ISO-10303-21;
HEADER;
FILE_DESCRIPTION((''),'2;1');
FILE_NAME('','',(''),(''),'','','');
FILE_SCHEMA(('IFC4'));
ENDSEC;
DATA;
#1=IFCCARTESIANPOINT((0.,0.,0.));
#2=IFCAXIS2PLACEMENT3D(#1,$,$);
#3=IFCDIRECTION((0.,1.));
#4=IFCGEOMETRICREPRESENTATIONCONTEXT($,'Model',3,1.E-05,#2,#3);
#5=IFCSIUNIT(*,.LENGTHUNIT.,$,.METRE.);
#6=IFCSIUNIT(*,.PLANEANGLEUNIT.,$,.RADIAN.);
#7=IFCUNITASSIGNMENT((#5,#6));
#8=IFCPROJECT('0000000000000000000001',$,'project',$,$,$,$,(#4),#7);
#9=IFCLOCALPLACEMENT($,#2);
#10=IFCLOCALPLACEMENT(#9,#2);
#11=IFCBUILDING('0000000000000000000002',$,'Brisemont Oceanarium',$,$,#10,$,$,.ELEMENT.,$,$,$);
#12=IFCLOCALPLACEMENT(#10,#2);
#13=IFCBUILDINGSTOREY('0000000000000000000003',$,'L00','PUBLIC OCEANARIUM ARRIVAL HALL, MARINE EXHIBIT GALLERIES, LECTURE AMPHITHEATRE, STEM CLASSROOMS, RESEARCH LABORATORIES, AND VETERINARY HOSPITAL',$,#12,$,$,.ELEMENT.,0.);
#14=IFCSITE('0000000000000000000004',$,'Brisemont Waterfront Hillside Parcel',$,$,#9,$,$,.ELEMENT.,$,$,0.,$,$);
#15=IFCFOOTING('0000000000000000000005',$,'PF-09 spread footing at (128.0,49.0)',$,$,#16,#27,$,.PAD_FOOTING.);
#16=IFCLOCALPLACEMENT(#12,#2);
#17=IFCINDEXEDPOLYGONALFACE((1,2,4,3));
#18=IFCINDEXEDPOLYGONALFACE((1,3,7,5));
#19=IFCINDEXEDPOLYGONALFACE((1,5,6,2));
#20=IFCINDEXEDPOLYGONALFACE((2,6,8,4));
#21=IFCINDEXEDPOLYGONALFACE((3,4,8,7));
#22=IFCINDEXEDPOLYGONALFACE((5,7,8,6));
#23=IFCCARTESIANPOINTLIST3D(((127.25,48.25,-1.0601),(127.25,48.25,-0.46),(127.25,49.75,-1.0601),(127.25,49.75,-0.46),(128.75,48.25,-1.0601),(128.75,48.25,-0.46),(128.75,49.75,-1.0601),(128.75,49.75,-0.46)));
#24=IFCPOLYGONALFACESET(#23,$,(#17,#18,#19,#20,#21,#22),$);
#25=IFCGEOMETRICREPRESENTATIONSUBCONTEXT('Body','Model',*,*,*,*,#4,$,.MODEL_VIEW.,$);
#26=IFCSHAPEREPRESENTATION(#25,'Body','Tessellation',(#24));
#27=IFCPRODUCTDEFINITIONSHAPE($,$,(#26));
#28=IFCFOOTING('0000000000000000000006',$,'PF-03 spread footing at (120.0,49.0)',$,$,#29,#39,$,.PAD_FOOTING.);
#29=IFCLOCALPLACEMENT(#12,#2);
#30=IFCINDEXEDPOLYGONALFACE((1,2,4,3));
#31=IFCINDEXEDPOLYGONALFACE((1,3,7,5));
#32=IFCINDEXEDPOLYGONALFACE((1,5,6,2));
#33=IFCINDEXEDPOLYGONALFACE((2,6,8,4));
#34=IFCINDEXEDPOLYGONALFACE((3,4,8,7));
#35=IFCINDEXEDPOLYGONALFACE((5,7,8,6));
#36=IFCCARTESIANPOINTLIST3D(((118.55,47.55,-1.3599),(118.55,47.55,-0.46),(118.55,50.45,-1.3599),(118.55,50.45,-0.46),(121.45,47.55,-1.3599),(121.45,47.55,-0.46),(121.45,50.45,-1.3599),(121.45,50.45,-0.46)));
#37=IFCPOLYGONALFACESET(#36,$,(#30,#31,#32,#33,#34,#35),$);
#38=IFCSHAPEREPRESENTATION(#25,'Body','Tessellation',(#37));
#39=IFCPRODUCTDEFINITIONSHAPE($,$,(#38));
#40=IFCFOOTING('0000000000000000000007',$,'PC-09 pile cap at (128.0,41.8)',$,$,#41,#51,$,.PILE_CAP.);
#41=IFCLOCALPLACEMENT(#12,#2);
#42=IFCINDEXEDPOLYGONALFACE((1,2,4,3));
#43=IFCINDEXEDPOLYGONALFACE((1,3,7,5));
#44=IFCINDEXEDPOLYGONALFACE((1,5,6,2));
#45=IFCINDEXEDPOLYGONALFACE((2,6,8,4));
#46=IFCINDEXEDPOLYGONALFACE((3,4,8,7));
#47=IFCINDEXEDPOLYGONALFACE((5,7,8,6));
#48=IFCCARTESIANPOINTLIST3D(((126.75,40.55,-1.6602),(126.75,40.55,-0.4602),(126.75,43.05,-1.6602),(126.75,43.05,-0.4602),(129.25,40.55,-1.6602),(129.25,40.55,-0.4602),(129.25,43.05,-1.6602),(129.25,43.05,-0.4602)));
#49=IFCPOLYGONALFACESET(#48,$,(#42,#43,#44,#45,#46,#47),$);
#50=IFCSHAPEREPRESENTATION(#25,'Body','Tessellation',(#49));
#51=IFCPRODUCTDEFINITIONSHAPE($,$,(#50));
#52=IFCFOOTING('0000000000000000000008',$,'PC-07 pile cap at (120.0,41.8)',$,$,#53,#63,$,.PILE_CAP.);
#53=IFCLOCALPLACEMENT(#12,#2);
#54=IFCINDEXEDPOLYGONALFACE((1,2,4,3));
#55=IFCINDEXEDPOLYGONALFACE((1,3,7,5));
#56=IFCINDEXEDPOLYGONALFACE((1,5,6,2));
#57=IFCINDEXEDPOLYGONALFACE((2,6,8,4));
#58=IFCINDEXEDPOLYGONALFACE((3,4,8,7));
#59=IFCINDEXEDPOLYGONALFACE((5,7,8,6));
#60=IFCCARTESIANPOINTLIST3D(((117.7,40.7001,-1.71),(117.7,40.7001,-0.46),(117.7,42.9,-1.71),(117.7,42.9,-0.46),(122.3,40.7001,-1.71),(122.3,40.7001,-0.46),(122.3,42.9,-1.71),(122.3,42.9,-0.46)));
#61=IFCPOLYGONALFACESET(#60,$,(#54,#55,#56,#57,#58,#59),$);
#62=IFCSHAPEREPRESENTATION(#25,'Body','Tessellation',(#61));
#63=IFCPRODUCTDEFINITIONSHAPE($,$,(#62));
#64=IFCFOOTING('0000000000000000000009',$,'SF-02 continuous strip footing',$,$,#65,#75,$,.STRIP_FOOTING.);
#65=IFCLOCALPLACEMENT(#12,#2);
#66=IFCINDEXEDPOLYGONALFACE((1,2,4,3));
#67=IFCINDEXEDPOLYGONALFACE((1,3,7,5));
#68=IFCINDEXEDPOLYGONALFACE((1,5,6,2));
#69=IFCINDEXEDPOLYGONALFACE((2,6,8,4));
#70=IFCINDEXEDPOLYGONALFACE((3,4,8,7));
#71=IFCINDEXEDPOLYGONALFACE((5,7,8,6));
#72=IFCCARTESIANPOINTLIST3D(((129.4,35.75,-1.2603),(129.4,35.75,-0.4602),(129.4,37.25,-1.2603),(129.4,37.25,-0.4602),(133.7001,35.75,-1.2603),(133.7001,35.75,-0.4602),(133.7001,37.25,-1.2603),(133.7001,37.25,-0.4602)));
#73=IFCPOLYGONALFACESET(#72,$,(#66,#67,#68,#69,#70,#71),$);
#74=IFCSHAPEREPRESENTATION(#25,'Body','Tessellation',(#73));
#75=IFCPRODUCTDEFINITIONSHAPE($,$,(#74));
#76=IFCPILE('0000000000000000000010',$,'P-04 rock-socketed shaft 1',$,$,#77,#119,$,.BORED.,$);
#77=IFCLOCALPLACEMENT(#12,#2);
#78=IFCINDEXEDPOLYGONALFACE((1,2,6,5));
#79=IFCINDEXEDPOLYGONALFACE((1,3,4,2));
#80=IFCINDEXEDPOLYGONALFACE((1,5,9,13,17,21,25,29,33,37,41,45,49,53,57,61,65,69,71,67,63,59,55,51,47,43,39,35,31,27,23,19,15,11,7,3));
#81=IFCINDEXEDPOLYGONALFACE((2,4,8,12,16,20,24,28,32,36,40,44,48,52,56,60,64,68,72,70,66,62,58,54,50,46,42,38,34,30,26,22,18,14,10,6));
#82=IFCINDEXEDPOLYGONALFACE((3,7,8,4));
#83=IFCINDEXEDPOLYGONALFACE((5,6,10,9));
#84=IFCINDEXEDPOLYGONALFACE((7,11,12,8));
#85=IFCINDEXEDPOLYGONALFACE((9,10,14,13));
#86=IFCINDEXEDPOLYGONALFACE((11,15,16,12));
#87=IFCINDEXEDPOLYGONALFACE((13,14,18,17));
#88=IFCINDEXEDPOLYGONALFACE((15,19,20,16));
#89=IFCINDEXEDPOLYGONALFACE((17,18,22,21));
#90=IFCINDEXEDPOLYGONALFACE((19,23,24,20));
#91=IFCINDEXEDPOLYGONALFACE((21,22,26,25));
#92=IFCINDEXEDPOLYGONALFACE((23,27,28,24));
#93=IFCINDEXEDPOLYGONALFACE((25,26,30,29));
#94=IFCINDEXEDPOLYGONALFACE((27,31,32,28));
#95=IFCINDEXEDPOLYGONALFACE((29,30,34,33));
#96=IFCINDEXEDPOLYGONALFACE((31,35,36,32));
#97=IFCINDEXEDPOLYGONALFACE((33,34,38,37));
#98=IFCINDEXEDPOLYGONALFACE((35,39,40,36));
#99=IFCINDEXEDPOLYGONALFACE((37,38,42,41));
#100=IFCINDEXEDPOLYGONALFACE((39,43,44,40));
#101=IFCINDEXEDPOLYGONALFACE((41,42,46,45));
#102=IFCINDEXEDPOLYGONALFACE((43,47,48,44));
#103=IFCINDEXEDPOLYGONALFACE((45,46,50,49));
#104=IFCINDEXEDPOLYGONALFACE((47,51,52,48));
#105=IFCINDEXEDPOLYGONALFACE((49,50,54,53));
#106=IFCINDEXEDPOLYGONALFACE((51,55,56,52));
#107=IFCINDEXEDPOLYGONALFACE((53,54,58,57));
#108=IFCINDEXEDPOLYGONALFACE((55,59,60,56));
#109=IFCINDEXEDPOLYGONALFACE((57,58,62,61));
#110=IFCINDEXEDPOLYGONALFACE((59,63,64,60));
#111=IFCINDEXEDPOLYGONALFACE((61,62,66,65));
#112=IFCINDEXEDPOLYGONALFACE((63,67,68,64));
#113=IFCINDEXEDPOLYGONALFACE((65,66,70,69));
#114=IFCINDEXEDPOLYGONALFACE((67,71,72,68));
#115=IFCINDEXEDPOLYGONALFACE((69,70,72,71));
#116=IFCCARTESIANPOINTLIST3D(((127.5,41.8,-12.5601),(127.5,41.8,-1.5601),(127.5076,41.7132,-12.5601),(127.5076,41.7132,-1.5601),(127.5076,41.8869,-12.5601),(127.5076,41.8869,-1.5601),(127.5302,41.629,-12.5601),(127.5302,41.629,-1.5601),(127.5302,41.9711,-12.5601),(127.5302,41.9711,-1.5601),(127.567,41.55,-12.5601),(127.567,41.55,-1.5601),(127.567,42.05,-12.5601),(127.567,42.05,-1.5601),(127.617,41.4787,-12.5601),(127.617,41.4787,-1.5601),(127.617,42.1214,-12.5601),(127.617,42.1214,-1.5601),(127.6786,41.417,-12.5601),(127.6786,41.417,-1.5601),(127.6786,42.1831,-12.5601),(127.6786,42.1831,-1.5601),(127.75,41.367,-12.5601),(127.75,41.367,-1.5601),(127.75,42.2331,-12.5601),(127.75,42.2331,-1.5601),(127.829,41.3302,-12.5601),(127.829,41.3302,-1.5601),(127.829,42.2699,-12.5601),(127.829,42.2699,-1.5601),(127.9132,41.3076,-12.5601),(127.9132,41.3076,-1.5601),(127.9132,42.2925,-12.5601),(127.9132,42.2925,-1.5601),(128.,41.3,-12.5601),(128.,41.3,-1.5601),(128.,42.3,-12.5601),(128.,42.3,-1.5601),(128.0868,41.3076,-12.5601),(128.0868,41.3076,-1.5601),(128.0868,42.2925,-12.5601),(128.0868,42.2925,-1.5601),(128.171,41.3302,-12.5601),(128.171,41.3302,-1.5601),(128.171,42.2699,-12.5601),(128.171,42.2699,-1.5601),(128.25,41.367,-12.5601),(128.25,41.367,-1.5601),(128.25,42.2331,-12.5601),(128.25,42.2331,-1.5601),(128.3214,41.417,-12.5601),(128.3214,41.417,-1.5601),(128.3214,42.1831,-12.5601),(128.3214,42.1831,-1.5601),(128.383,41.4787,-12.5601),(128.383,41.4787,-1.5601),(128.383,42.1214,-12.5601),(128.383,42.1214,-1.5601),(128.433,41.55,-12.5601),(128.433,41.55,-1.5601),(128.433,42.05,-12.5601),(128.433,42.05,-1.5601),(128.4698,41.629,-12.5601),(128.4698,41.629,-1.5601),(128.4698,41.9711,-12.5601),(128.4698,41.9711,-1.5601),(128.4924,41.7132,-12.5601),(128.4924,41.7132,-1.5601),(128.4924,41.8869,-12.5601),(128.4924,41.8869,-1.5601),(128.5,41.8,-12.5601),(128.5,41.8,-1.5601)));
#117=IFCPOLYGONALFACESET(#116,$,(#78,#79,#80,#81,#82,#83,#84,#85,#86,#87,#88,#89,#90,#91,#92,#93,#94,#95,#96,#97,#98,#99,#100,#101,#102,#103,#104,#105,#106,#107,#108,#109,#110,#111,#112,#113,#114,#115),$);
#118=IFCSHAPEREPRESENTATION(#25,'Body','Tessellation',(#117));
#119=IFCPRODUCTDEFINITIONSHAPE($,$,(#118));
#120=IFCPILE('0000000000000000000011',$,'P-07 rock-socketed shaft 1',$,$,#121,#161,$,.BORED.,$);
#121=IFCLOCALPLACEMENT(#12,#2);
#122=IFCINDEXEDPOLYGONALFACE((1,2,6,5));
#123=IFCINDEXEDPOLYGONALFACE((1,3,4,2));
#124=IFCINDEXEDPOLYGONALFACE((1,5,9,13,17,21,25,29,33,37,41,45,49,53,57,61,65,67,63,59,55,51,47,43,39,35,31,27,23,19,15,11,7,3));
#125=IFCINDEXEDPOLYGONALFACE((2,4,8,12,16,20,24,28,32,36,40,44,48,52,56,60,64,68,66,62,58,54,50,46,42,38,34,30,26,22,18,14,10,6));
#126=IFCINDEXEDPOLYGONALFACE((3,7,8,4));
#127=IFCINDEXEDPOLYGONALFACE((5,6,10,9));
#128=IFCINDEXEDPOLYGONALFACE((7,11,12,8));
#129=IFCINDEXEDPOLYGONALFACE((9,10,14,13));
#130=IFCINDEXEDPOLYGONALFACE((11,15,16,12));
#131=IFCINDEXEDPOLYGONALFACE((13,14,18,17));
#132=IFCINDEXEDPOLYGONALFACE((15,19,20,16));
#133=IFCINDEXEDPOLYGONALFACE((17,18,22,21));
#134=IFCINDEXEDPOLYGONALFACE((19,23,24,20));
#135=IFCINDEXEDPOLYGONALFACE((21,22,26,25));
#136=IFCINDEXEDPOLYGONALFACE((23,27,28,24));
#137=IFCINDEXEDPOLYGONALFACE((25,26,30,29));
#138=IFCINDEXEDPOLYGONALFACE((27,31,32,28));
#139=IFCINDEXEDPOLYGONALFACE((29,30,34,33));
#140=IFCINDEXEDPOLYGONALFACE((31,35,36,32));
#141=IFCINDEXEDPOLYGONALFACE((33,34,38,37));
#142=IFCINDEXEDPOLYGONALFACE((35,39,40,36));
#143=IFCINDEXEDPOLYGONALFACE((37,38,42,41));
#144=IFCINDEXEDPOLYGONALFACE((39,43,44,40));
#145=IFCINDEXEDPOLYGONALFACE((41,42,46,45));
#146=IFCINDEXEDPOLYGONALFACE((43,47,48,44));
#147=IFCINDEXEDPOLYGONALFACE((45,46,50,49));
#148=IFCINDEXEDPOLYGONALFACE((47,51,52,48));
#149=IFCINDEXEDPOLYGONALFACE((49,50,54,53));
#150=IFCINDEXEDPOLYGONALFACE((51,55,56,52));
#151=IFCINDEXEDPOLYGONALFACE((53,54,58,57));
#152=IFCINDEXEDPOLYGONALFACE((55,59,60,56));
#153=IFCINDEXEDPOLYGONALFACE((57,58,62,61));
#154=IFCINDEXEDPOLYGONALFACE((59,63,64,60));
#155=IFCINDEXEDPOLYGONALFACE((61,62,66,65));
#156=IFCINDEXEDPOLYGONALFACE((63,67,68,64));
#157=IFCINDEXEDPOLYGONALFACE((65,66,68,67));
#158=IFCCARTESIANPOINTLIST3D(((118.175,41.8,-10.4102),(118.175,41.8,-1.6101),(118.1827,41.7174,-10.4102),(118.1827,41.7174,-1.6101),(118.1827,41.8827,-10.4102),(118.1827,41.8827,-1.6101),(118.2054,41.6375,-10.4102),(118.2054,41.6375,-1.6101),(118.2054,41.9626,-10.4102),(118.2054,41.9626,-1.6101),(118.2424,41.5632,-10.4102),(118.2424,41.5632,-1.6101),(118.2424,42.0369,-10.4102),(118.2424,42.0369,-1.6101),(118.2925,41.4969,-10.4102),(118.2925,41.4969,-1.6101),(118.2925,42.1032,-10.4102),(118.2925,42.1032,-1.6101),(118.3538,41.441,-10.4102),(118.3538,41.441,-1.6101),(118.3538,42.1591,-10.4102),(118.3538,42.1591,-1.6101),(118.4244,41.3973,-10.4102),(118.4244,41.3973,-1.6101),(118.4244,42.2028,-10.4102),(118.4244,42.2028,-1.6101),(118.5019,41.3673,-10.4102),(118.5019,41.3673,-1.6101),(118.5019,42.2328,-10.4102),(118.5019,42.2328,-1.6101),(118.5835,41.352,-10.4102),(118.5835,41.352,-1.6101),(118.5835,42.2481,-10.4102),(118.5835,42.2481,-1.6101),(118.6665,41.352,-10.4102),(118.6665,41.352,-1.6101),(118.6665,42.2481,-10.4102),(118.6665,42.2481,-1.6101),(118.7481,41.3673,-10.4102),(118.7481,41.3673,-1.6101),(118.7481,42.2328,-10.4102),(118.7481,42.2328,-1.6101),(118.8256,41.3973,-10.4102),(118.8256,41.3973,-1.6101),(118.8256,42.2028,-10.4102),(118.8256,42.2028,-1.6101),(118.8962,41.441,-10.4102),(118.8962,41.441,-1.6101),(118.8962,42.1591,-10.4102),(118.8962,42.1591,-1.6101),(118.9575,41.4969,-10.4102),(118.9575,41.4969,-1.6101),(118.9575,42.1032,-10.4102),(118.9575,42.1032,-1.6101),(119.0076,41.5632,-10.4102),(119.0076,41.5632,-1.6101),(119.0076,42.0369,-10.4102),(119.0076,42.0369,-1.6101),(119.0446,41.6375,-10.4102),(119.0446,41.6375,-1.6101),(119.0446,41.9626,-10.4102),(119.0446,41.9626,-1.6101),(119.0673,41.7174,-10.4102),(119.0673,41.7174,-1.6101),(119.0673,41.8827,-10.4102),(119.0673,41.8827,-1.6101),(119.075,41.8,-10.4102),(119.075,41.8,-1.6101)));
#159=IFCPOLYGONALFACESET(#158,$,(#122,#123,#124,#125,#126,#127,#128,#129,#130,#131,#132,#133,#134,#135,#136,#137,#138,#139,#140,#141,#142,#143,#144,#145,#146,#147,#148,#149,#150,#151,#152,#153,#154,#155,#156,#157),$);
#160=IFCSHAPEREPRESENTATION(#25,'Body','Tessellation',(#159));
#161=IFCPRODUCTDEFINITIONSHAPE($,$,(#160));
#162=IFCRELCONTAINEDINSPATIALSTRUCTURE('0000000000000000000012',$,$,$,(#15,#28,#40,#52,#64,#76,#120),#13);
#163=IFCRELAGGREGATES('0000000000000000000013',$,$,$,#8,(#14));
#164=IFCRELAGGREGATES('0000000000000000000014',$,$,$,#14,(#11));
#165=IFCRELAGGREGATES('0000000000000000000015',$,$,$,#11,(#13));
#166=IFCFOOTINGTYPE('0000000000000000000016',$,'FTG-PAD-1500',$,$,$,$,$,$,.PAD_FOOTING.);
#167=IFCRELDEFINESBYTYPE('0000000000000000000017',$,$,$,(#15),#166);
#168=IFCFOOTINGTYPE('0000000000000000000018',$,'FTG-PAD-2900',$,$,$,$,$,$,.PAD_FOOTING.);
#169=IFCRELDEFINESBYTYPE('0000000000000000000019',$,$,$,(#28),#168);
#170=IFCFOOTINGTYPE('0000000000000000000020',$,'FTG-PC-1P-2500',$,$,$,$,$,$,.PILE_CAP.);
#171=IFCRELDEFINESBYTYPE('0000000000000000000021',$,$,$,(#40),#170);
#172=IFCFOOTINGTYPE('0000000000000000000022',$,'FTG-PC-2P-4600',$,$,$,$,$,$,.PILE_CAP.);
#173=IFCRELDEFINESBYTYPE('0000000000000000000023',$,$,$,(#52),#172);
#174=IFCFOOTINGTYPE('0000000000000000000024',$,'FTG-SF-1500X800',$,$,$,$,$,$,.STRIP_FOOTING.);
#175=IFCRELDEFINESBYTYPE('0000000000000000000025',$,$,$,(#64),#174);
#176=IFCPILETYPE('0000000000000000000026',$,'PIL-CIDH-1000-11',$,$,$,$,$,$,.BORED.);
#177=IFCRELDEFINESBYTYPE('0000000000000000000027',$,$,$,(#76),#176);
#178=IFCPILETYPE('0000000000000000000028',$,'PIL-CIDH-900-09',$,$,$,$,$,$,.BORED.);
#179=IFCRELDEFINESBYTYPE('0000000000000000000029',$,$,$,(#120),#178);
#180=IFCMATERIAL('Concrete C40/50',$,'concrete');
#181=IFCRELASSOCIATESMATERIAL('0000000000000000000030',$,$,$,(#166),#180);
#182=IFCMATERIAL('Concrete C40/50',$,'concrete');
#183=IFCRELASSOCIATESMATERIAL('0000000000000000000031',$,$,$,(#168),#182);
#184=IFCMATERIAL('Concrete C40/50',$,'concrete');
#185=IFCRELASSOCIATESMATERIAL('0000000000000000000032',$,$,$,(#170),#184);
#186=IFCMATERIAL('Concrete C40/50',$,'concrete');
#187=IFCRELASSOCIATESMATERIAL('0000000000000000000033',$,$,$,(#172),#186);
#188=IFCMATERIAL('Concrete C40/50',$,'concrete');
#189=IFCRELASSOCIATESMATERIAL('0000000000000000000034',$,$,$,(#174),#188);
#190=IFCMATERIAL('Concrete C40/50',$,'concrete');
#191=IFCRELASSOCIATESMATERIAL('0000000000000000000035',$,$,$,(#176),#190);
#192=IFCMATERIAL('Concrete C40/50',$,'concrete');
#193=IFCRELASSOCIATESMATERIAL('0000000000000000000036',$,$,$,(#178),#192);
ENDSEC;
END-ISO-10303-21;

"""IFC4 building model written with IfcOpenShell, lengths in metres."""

from ifc_helpers import new_model, si_unit, direction, frame, origin, origin_2d, place, context, subcontext, project, spatial, rectangle, circle, extrude, material, material_profile, profile_set, type_object, element, save


model = new_model("IFC4")

# Units and contexts
model_context = context("Model", 3, precision=1e-05, world=origin(), true_north=direction((0.0, 1.0)))
body_context = subcontext(model_context, "Body", "Model", "MODEL_VIEW")
ifc_project = project(units=[si_unit("LENGTHUNIT", "METRE"), si_unit("PLANEANGLEUNIT", "RADIAN")], contexts=[model_context])

# Site, building, storey
site_placement = place(None, origin())
site = spatial("IfcSite", under=ifc_project, at=site_placement, Name="Brisemont Waterfront Hillside Parcel", CompositionType="ELEMENT", RefElevation=0.0)
building_placement = place(site_placement, origin())
building = spatial("IfcBuilding", under=site, at=building_placement, Name="Brisemont Oceanarium", CompositionType="ELEMENT")
storey_placement = place(building_placement, origin())
storey = spatial("IfcBuildingStorey", under=building, at=storey_placement, Name="L00", Description="PUBLIC OCEANARIUM ARRIVAL HALL, MARINE EXHIBIT GALLERIES, LECTURE AMPHITHEATRE, STEM CLASSROOMS, RESEARCH LABORATORIES, AND VETERINARY HOSPITAL", CompositionType="ELEMENT", Elevation=0.0)

# Footings
ifc_material_1 = material(Name="Concrete C40/50", Category="concrete")
footing_type_1 = type_object("IfcFootingType", Name="FTG-PAD-1500", PredefinedType="PAD_FOOTING", material=ifc_material_1)
footing_1_placement = place(storey_placement, frame((128.0, 49.0, -1.0601), z_axis=(0.0, 0.0, 1.0), x_axis=(1.0, 0.0, 0.0)))
element("IfcFooting", 1, at=footing_1_placement, inside=storey, type_object=footing_type_1, Name="PF-09 spread footing at (128.0,49.0)", PredefinedType="PAD_FOOTING", context=body_context, shape_type="SweptSolid", body=[
    extrude(rectangle(XDim=1.5, YDim=1.5, at=origin_2d()), origin(), (0.0, 0.0, 1.0), 0.6001),
])
ifc_material_2 = material(Name="Concrete C40/50", Category="concrete")
footing_type_2 = type_object("IfcFootingType", Name="FTG-PAD-2900", PredefinedType="PAD_FOOTING", material=ifc_material_2)
footing_2_placement = place(storey_placement, frame((120.0, 49.0, -1.3599), z_axis=(0.0, 0.0, 1.0), x_axis=(1.0, 0.0, 0.0)))
element("IfcFooting", 2, at=footing_2_placement, inside=storey, type_object=footing_type_2, Name="PF-03 spread footing at (120.0,49.0)", PredefinedType="PAD_FOOTING", context=body_context, shape_type="SweptSolid", body=[
    extrude(rectangle(XDim=2.8999, YDim=2.8999, at=origin_2d()), origin(), (0.0, 0.0, 1.0), 0.8999),
])
ifc_material_3 = material(Name="Concrete C40/50", Category="concrete")
footing_type_3 = type_object("IfcFootingType", Name="FTG-PC-1P-2500", PredefinedType="PILE_CAP", material=ifc_material_3)
footing_3_placement = place(storey_placement, frame((128.0, 41.8, -1.6602), z_axis=(0.0, 0.0, 1.0), x_axis=(1.0, 0.0, 0.0)))
element("IfcFooting", 3, at=footing_3_placement, inside=storey, type_object=footing_type_3, Name="PC-09 pile cap at (128.0,41.8)", PredefinedType="PILE_CAP", context=body_context, shape_type="SweptSolid", body=[
    extrude(rectangle(XDim=2.5, YDim=2.5, at=origin_2d()), origin(), (0.0, 0.0, 1.0), 1.2),
])
ifc_material_4 = material(Name="Concrete C40/50", Category="concrete")
footing_type_4 = type_object("IfcFootingType", Name="FTG-PC-2P-4600", PredefinedType="PILE_CAP", material=ifc_material_4)
footing_4_placement = place(storey_placement, frame((120.0, 41.8, -1.71), z_axis=(0.0, 0.0, 1.0), x_axis=(1.0, 0.0, 0.0)))
element("IfcFooting", 4, at=footing_4_placement, inside=storey, type_object=footing_type_4, Name="PC-07 pile cap at (120.0,41.8)", PredefinedType="PILE_CAP", context=body_context, shape_type="SweptSolid", body=[
    extrude(rectangle(XDim=4.6001, YDim=2.2, at=origin_2d()), origin(), (0.0, 0.0, 1.0), 1.25),
])
ifc_material_5 = material(Name="Concrete C40/50", Category="concrete")
footing_type_5 = type_object("IfcFootingType", Name="FTG-SF-1500X800", PredefinedType="STRIP_FOOTING", material=ifc_material_5)
footing_5_placement = place(storey_placement, frame((131.55, 36.5, -1.2603), z_axis=(0.0, 0.0, 1.0), x_axis=(1.0, 0.0, 0.0)))
element("IfcFooting", 5, at=footing_5_placement, inside=storey, type_object=footing_type_5, Name="SF-02 continuous strip footing", PredefinedType="STRIP_FOOTING", context=body_context, shape_type="SweptSolid", body=[
    extrude(rectangle(XDim=4.3, YDim=1.5, at=origin_2d()), origin(), (0.0, 0.0, 1.0), 0.8),
])

# Piles
ifc_material_6 = material(Name="Concrete C40/50", Category="concrete")
ifc_material_profile_1 = material_profile(ifc_material_6, circle(Radius=0.5, at=origin_2d()), Name="CIDH-D1000")
ifc_profile_set_1 = profile_set([ifc_material_profile_1], Name="Concrete C40/50")
pile_type_1 = type_object("IfcPileType", Name="PIL-CIDH-1000-11", PredefinedType="BORED", material=ifc_profile_set_1)
pile_placement = place(storey_placement, frame((128.0, 41.8, -1.5601), z_axis=(0.0, 0.0, -1.0), x_axis=(1.0, 0.0, 0.0)))
element("IfcPile", 6, at=pile_placement, inside=storey, type_object=pile_type_1, Name="P-04 rock-socketed shaft 1", PredefinedType="BORED", context=body_context, shape_type="SweptSolid", body=[
    extrude(circle(Radius=0.5, at=origin_2d()), origin(), (0.0, 0.0, 1.0), 11.0),
])
ifc_material_7 = material(Name="Concrete C40/50", Category="concrete")
ifc_material_profile_2 = material_profile(ifc_material_7, circle(Radius=0.45, at=origin_2d()), Name="CIDH-D900")
ifc_profile_set_2 = profile_set([ifc_material_profile_2], Name="Concrete C40/50")
pile_type_2 = type_object("IfcPileType", Name="PIL-CIDH-900-09", PredefinedType="BORED", material=ifc_profile_set_2)
for number, where, z_axis, x_axis, name in (
    (7, (118.625, 41.8, -1.6101), (0.0, 0.0, -1.0), (1.0, 0.0, 0.0), "P-07 rock-socketed shaft 1"),
):
    element("IfcPile", number, at=place(storey_placement, frame(where, z_axis=z_axis, x_axis=x_axis)), inside=storey, type_object=pile_type_2, Name=name, PredefinedType="BORED", context=body_context, shape_type="SweptSolid", body=[
        extrude(circle(Radius=0.45, at=origin_2d()), origin(), (0.0, 0.0, 1.0), 8.8),
    ])

save(model, "model.ifc")
